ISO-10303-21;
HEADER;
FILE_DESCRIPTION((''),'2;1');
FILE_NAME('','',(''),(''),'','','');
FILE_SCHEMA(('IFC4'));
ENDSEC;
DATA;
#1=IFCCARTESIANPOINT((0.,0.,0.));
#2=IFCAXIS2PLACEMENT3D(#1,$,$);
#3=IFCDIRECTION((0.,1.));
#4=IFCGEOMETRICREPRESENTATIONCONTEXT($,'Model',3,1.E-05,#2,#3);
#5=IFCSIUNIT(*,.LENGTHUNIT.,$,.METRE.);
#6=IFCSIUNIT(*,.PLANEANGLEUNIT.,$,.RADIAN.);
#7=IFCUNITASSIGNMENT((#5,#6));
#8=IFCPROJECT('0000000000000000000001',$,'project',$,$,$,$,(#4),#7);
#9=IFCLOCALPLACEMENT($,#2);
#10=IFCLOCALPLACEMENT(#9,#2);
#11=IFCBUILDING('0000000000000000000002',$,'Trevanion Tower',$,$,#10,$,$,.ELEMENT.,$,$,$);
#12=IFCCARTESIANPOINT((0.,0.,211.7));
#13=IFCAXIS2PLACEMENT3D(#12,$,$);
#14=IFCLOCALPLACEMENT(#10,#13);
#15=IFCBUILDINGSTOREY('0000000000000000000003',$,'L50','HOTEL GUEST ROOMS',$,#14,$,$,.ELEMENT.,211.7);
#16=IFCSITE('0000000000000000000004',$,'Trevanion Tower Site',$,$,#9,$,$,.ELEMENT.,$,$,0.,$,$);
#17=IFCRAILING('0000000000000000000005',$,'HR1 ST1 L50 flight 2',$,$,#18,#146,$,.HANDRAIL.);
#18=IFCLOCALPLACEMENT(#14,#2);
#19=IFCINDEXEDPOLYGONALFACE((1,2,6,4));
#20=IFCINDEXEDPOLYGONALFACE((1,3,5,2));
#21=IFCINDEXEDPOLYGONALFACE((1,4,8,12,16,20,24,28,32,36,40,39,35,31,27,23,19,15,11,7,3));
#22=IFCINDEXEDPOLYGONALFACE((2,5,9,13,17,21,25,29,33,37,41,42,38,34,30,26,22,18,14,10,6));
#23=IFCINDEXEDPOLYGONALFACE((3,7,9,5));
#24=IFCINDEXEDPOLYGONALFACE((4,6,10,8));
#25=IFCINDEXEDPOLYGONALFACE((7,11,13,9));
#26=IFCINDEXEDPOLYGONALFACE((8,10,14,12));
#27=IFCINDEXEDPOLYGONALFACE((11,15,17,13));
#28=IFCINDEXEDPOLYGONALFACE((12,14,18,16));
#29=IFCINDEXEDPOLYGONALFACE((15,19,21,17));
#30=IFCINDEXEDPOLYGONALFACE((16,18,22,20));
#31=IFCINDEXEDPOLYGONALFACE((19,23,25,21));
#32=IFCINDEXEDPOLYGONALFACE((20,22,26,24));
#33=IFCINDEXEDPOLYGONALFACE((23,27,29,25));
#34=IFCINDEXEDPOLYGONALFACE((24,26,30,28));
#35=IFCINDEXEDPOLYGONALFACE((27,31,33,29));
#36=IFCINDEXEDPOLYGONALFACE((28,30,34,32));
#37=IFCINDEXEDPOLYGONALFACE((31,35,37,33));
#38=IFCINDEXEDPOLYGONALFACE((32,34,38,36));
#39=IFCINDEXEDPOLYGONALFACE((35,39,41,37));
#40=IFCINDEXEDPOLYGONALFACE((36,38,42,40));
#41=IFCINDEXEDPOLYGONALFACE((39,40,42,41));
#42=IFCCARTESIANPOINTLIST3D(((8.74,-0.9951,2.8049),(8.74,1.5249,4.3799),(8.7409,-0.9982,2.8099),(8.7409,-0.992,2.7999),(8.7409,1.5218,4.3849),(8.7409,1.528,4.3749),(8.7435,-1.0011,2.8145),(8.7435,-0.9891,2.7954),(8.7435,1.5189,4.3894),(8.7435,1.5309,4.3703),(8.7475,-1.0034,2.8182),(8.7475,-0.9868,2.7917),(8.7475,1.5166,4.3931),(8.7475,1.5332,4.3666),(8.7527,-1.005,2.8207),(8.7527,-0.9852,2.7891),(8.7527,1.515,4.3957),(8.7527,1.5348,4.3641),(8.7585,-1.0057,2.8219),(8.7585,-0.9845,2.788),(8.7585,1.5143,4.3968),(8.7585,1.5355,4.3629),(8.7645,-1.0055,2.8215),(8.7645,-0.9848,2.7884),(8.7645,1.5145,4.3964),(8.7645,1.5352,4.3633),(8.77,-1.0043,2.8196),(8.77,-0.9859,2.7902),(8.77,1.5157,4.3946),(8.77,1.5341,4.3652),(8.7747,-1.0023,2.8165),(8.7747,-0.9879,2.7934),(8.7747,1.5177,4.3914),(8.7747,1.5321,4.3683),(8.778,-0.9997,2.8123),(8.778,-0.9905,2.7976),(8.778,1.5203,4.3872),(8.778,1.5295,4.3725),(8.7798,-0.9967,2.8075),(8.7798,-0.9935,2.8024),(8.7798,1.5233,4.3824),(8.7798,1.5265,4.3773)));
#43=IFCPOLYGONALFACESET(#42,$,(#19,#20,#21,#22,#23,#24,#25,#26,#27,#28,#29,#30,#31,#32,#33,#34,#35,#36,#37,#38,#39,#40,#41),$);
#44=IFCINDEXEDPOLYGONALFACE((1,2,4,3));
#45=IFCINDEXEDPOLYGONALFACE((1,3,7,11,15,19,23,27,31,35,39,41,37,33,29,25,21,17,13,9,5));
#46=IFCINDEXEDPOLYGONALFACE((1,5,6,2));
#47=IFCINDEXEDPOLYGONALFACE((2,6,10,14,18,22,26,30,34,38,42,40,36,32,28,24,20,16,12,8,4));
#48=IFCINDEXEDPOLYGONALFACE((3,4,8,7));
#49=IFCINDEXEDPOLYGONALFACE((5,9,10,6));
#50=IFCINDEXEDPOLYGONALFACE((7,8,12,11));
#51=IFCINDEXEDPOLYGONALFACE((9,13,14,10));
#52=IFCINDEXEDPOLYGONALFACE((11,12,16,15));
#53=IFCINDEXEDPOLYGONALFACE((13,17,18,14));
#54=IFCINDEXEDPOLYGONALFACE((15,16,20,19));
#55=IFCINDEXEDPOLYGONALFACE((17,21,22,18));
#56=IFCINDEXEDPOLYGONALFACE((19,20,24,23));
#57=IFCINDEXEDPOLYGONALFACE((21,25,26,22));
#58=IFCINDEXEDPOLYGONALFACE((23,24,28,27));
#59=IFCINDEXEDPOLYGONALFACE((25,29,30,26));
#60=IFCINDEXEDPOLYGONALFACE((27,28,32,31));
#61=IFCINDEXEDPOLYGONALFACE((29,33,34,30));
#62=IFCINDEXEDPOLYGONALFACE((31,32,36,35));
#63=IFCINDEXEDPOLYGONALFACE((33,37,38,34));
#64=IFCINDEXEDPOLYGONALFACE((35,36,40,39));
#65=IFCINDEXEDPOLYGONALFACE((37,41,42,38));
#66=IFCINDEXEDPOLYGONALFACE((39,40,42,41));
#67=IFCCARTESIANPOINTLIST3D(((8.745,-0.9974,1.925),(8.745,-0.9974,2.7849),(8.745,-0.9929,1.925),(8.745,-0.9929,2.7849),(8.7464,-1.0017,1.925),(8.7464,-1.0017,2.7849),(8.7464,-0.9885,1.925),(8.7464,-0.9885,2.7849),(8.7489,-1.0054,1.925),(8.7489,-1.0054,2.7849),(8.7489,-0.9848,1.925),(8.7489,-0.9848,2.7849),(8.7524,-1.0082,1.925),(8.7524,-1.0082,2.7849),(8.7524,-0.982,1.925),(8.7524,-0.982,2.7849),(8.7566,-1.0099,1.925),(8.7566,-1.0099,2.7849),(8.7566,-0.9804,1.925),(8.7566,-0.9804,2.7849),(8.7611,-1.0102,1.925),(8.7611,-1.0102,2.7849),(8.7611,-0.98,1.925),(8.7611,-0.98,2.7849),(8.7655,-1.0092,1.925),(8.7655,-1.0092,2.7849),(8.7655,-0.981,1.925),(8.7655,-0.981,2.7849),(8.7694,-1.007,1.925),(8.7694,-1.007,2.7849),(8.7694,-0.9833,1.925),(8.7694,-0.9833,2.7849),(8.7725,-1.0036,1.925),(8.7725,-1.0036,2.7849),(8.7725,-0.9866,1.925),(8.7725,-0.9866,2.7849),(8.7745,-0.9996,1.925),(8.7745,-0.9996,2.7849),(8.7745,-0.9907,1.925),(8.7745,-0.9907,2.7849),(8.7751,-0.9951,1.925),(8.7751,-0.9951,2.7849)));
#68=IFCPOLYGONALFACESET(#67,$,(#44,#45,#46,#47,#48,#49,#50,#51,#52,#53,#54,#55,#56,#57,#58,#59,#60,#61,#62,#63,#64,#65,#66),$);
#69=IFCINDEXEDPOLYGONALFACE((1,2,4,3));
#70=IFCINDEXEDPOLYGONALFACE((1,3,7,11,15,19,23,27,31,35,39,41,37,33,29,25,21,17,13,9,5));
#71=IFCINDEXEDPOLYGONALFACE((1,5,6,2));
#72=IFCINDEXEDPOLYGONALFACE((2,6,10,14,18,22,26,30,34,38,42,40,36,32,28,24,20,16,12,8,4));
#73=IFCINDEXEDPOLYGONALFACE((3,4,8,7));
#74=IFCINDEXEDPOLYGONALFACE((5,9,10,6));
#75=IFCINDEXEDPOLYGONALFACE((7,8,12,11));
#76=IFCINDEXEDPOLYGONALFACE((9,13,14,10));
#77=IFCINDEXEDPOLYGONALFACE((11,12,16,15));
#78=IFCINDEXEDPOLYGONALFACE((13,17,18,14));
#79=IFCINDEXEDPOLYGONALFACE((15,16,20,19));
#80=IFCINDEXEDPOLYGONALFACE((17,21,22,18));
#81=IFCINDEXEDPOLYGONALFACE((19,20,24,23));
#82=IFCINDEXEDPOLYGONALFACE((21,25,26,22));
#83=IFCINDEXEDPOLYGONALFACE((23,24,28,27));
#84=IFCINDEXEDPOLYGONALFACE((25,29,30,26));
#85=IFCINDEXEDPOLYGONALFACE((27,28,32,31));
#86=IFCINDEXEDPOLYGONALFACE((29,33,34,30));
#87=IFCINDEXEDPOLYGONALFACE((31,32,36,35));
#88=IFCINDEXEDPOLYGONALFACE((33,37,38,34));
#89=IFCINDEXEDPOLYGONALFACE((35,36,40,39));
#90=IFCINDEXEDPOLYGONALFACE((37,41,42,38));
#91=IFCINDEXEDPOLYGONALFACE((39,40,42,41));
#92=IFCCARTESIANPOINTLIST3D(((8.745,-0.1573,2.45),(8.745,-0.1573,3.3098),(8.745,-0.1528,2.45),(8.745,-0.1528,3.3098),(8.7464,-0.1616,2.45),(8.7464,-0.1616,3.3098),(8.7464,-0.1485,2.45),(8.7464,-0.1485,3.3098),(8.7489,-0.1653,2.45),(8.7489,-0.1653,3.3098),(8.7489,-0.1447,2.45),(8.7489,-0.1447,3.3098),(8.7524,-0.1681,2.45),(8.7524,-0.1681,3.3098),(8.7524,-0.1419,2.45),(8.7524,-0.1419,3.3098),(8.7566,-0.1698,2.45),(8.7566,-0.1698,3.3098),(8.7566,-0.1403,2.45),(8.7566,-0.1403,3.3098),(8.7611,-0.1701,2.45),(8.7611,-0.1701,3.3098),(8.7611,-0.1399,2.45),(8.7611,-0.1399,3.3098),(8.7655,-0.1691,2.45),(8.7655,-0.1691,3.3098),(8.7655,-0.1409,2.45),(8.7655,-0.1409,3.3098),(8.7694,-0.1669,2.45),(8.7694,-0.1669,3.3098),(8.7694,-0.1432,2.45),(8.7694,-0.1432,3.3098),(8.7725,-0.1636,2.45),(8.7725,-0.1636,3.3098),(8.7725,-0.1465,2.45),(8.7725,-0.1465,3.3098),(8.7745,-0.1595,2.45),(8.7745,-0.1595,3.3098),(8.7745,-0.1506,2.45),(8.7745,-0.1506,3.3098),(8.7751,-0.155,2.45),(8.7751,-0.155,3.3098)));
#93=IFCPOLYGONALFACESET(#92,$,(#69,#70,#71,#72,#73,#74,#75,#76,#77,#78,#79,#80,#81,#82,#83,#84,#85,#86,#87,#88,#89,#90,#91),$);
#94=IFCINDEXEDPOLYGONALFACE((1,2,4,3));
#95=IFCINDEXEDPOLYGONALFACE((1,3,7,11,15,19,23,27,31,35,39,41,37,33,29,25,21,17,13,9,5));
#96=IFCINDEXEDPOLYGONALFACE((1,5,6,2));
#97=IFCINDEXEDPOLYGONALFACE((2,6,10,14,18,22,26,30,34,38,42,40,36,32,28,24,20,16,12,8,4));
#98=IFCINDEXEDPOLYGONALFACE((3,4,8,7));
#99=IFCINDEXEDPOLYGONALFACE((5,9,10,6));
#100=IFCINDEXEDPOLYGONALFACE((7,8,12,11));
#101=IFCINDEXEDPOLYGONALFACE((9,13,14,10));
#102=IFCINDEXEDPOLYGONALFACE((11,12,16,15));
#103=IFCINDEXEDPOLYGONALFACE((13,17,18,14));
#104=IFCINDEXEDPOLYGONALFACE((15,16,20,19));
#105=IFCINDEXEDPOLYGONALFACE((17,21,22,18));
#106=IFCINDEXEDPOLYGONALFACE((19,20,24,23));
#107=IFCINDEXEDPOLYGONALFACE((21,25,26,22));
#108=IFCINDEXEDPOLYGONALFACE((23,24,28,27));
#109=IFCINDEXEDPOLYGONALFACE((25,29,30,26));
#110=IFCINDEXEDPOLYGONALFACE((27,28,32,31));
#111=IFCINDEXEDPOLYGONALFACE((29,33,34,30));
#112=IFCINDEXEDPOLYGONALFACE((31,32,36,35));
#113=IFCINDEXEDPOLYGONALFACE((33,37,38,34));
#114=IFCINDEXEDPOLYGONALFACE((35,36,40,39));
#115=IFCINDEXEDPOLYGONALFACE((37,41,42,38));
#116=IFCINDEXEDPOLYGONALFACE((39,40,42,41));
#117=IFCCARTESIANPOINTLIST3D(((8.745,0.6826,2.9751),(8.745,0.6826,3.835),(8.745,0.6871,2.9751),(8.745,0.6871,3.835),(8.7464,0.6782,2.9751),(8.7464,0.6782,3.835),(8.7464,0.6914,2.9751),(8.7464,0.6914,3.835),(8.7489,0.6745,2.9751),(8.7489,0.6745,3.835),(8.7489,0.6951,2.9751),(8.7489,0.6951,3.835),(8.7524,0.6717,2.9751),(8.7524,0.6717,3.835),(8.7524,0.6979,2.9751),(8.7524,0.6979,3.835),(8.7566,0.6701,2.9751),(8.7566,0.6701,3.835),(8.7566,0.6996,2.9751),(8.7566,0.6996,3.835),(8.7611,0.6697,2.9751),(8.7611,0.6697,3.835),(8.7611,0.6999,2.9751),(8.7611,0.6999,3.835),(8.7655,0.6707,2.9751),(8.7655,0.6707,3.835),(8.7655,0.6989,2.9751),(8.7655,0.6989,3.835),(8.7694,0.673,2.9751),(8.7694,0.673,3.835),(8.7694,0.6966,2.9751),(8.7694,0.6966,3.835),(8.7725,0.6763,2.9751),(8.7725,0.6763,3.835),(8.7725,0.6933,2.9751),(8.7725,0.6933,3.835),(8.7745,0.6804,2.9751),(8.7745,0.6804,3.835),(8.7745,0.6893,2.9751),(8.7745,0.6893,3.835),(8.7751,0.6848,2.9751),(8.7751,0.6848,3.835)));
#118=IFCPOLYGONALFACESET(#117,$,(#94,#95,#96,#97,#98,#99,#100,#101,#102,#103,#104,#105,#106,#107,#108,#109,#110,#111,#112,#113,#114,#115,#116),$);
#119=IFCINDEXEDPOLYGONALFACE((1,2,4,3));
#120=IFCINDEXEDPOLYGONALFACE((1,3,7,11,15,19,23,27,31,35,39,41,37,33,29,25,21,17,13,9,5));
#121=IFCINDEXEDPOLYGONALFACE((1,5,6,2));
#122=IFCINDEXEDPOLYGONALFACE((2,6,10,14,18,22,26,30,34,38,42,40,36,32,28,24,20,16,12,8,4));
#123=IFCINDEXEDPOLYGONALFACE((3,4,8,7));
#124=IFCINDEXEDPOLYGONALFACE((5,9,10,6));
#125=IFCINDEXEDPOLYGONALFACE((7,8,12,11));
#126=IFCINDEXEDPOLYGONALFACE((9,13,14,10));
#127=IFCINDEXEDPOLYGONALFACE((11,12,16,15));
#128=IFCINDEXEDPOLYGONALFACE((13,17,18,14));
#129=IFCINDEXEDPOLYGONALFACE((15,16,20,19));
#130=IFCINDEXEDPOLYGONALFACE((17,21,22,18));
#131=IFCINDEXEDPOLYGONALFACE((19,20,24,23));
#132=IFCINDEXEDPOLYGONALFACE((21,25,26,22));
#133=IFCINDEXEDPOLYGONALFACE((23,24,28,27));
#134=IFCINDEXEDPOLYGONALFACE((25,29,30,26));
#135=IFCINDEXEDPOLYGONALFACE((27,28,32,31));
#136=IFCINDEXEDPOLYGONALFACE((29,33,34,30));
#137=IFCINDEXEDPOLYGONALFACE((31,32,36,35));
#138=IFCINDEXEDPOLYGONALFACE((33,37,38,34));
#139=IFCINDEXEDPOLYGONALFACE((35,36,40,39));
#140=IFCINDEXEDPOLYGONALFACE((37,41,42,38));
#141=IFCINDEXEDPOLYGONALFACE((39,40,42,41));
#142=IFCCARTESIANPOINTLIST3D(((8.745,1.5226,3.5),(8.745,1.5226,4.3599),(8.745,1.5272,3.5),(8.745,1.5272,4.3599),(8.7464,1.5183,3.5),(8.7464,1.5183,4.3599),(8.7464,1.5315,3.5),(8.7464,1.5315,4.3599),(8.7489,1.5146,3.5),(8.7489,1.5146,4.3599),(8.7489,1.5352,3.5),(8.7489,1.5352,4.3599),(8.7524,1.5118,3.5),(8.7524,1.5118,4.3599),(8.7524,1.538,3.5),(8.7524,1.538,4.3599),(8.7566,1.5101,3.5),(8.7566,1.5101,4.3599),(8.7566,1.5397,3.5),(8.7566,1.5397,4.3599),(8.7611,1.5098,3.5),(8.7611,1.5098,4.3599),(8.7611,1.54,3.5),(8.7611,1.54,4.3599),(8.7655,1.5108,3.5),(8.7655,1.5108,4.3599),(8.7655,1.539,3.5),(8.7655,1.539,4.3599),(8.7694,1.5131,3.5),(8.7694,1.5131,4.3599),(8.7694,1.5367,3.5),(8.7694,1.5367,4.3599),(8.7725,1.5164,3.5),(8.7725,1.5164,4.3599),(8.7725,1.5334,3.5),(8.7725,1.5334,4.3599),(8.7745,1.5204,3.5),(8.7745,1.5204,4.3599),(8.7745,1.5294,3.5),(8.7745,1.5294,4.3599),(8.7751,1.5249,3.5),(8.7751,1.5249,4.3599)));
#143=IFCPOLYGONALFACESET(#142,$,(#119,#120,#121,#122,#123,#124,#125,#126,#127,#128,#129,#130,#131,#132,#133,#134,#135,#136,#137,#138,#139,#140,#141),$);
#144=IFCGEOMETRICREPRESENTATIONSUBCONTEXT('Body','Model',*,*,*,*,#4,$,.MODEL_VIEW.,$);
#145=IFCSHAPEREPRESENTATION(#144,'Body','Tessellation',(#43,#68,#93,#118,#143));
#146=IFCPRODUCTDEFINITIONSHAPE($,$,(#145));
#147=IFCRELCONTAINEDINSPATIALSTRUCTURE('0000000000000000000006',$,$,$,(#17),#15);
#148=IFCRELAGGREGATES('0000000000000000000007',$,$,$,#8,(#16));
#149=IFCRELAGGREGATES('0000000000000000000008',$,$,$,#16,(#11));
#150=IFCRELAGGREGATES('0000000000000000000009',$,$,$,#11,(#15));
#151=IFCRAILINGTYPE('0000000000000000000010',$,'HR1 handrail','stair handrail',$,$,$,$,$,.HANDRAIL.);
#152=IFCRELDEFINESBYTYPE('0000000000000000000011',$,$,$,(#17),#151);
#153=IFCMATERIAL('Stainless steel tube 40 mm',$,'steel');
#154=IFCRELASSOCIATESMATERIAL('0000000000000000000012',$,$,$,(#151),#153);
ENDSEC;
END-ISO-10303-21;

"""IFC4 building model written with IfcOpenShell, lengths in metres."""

from ifc_helpers import new_model, si_unit, direction, frame, origin, origin_2d, place, context, subcontext, project, spatial, circle, extrude, material, type_object, element, save


model = new_model("IFC4")

# Units and contexts
model_context = context("Model", 3, precision=1e-05, world=origin(), true_north=direction((0.0, 1.0)))
body_context = subcontext(model_context, "Body", "Model", "MODEL_VIEW")
ifc_project = project(units=[si_unit("LENGTHUNIT", "METRE"), si_unit("PLANEANGLEUNIT", "RADIAN")], contexts=[model_context])

# Site, building, storey
site_placement = place(None, origin())
site = spatial("IfcSite", under=ifc_project, at=site_placement, Name="Trevanion Tower Site", CompositionType="ELEMENT", RefElevation=0.0)
building_placement = place(site_placement, origin())
building = spatial("IfcBuilding", under=site, at=building_placement, Name="Trevanion Tower", CompositionType="ELEMENT")
storey_placement = place(building_placement, frame((0.0, 0.0, 211.7)))
storey = spatial("IfcBuildingStorey", under=building, at=storey_placement, Name="L50", Description="HOTEL GUEST ROOMS", CompositionType="ELEMENT", Elevation=211.7)

# Railing
ifc_material_1 = material(Name="Stainless steel tube 40 mm", Category="steel")
railing_type = type_object("IfcRailingType", Name="HR1 handrail", Description="stair handrail", PredefinedType="HANDRAIL", material=ifc_material_1)
for number, where, name in (
    (1, (8.76, -0.9951, 1.925), "HR1 ST1 L50 flight 2"),
):
    element("IfcRailing", number, at=place(storey_placement, frame(where)), inside=storey, type_object=railing_type, Name=name, PredefinedType="HANDRAIL", context=body_context, shape_type="SweptSolid", body=[
        extrude(circle(Radius=0.02, at=origin_2d()), frame((0.0, 0.0, 0.8799), z_axis=(0.0, 0.848008, 0.529984), x_axis=(-1.0, 0.0, 0.0)), (0.0, 0.0, 1.0), 2.9717),
        extrude(circle(Radius=0.0151, at=origin_2d()), origin(), (0.0, 0.0, 1.0), 0.8599),
        extrude(circle(Radius=0.0151, at=origin_2d()), frame((0.0, 0.8401, 0.5249)), (0.0, 0.0, 1.0), 0.8599),
        extrude(circle(Radius=0.0151, at=origin_2d()), frame((0.0, 1.6799, 1.05)), (0.0, 0.0, 1.0), 0.8599),
        extrude(circle(Radius=0.0151, at=origin_2d()), frame((0.0, 2.52, 1.575)), (0.0, 0.0, 1.0), 0.8599),
    ])

save(model, "model.ifc")
